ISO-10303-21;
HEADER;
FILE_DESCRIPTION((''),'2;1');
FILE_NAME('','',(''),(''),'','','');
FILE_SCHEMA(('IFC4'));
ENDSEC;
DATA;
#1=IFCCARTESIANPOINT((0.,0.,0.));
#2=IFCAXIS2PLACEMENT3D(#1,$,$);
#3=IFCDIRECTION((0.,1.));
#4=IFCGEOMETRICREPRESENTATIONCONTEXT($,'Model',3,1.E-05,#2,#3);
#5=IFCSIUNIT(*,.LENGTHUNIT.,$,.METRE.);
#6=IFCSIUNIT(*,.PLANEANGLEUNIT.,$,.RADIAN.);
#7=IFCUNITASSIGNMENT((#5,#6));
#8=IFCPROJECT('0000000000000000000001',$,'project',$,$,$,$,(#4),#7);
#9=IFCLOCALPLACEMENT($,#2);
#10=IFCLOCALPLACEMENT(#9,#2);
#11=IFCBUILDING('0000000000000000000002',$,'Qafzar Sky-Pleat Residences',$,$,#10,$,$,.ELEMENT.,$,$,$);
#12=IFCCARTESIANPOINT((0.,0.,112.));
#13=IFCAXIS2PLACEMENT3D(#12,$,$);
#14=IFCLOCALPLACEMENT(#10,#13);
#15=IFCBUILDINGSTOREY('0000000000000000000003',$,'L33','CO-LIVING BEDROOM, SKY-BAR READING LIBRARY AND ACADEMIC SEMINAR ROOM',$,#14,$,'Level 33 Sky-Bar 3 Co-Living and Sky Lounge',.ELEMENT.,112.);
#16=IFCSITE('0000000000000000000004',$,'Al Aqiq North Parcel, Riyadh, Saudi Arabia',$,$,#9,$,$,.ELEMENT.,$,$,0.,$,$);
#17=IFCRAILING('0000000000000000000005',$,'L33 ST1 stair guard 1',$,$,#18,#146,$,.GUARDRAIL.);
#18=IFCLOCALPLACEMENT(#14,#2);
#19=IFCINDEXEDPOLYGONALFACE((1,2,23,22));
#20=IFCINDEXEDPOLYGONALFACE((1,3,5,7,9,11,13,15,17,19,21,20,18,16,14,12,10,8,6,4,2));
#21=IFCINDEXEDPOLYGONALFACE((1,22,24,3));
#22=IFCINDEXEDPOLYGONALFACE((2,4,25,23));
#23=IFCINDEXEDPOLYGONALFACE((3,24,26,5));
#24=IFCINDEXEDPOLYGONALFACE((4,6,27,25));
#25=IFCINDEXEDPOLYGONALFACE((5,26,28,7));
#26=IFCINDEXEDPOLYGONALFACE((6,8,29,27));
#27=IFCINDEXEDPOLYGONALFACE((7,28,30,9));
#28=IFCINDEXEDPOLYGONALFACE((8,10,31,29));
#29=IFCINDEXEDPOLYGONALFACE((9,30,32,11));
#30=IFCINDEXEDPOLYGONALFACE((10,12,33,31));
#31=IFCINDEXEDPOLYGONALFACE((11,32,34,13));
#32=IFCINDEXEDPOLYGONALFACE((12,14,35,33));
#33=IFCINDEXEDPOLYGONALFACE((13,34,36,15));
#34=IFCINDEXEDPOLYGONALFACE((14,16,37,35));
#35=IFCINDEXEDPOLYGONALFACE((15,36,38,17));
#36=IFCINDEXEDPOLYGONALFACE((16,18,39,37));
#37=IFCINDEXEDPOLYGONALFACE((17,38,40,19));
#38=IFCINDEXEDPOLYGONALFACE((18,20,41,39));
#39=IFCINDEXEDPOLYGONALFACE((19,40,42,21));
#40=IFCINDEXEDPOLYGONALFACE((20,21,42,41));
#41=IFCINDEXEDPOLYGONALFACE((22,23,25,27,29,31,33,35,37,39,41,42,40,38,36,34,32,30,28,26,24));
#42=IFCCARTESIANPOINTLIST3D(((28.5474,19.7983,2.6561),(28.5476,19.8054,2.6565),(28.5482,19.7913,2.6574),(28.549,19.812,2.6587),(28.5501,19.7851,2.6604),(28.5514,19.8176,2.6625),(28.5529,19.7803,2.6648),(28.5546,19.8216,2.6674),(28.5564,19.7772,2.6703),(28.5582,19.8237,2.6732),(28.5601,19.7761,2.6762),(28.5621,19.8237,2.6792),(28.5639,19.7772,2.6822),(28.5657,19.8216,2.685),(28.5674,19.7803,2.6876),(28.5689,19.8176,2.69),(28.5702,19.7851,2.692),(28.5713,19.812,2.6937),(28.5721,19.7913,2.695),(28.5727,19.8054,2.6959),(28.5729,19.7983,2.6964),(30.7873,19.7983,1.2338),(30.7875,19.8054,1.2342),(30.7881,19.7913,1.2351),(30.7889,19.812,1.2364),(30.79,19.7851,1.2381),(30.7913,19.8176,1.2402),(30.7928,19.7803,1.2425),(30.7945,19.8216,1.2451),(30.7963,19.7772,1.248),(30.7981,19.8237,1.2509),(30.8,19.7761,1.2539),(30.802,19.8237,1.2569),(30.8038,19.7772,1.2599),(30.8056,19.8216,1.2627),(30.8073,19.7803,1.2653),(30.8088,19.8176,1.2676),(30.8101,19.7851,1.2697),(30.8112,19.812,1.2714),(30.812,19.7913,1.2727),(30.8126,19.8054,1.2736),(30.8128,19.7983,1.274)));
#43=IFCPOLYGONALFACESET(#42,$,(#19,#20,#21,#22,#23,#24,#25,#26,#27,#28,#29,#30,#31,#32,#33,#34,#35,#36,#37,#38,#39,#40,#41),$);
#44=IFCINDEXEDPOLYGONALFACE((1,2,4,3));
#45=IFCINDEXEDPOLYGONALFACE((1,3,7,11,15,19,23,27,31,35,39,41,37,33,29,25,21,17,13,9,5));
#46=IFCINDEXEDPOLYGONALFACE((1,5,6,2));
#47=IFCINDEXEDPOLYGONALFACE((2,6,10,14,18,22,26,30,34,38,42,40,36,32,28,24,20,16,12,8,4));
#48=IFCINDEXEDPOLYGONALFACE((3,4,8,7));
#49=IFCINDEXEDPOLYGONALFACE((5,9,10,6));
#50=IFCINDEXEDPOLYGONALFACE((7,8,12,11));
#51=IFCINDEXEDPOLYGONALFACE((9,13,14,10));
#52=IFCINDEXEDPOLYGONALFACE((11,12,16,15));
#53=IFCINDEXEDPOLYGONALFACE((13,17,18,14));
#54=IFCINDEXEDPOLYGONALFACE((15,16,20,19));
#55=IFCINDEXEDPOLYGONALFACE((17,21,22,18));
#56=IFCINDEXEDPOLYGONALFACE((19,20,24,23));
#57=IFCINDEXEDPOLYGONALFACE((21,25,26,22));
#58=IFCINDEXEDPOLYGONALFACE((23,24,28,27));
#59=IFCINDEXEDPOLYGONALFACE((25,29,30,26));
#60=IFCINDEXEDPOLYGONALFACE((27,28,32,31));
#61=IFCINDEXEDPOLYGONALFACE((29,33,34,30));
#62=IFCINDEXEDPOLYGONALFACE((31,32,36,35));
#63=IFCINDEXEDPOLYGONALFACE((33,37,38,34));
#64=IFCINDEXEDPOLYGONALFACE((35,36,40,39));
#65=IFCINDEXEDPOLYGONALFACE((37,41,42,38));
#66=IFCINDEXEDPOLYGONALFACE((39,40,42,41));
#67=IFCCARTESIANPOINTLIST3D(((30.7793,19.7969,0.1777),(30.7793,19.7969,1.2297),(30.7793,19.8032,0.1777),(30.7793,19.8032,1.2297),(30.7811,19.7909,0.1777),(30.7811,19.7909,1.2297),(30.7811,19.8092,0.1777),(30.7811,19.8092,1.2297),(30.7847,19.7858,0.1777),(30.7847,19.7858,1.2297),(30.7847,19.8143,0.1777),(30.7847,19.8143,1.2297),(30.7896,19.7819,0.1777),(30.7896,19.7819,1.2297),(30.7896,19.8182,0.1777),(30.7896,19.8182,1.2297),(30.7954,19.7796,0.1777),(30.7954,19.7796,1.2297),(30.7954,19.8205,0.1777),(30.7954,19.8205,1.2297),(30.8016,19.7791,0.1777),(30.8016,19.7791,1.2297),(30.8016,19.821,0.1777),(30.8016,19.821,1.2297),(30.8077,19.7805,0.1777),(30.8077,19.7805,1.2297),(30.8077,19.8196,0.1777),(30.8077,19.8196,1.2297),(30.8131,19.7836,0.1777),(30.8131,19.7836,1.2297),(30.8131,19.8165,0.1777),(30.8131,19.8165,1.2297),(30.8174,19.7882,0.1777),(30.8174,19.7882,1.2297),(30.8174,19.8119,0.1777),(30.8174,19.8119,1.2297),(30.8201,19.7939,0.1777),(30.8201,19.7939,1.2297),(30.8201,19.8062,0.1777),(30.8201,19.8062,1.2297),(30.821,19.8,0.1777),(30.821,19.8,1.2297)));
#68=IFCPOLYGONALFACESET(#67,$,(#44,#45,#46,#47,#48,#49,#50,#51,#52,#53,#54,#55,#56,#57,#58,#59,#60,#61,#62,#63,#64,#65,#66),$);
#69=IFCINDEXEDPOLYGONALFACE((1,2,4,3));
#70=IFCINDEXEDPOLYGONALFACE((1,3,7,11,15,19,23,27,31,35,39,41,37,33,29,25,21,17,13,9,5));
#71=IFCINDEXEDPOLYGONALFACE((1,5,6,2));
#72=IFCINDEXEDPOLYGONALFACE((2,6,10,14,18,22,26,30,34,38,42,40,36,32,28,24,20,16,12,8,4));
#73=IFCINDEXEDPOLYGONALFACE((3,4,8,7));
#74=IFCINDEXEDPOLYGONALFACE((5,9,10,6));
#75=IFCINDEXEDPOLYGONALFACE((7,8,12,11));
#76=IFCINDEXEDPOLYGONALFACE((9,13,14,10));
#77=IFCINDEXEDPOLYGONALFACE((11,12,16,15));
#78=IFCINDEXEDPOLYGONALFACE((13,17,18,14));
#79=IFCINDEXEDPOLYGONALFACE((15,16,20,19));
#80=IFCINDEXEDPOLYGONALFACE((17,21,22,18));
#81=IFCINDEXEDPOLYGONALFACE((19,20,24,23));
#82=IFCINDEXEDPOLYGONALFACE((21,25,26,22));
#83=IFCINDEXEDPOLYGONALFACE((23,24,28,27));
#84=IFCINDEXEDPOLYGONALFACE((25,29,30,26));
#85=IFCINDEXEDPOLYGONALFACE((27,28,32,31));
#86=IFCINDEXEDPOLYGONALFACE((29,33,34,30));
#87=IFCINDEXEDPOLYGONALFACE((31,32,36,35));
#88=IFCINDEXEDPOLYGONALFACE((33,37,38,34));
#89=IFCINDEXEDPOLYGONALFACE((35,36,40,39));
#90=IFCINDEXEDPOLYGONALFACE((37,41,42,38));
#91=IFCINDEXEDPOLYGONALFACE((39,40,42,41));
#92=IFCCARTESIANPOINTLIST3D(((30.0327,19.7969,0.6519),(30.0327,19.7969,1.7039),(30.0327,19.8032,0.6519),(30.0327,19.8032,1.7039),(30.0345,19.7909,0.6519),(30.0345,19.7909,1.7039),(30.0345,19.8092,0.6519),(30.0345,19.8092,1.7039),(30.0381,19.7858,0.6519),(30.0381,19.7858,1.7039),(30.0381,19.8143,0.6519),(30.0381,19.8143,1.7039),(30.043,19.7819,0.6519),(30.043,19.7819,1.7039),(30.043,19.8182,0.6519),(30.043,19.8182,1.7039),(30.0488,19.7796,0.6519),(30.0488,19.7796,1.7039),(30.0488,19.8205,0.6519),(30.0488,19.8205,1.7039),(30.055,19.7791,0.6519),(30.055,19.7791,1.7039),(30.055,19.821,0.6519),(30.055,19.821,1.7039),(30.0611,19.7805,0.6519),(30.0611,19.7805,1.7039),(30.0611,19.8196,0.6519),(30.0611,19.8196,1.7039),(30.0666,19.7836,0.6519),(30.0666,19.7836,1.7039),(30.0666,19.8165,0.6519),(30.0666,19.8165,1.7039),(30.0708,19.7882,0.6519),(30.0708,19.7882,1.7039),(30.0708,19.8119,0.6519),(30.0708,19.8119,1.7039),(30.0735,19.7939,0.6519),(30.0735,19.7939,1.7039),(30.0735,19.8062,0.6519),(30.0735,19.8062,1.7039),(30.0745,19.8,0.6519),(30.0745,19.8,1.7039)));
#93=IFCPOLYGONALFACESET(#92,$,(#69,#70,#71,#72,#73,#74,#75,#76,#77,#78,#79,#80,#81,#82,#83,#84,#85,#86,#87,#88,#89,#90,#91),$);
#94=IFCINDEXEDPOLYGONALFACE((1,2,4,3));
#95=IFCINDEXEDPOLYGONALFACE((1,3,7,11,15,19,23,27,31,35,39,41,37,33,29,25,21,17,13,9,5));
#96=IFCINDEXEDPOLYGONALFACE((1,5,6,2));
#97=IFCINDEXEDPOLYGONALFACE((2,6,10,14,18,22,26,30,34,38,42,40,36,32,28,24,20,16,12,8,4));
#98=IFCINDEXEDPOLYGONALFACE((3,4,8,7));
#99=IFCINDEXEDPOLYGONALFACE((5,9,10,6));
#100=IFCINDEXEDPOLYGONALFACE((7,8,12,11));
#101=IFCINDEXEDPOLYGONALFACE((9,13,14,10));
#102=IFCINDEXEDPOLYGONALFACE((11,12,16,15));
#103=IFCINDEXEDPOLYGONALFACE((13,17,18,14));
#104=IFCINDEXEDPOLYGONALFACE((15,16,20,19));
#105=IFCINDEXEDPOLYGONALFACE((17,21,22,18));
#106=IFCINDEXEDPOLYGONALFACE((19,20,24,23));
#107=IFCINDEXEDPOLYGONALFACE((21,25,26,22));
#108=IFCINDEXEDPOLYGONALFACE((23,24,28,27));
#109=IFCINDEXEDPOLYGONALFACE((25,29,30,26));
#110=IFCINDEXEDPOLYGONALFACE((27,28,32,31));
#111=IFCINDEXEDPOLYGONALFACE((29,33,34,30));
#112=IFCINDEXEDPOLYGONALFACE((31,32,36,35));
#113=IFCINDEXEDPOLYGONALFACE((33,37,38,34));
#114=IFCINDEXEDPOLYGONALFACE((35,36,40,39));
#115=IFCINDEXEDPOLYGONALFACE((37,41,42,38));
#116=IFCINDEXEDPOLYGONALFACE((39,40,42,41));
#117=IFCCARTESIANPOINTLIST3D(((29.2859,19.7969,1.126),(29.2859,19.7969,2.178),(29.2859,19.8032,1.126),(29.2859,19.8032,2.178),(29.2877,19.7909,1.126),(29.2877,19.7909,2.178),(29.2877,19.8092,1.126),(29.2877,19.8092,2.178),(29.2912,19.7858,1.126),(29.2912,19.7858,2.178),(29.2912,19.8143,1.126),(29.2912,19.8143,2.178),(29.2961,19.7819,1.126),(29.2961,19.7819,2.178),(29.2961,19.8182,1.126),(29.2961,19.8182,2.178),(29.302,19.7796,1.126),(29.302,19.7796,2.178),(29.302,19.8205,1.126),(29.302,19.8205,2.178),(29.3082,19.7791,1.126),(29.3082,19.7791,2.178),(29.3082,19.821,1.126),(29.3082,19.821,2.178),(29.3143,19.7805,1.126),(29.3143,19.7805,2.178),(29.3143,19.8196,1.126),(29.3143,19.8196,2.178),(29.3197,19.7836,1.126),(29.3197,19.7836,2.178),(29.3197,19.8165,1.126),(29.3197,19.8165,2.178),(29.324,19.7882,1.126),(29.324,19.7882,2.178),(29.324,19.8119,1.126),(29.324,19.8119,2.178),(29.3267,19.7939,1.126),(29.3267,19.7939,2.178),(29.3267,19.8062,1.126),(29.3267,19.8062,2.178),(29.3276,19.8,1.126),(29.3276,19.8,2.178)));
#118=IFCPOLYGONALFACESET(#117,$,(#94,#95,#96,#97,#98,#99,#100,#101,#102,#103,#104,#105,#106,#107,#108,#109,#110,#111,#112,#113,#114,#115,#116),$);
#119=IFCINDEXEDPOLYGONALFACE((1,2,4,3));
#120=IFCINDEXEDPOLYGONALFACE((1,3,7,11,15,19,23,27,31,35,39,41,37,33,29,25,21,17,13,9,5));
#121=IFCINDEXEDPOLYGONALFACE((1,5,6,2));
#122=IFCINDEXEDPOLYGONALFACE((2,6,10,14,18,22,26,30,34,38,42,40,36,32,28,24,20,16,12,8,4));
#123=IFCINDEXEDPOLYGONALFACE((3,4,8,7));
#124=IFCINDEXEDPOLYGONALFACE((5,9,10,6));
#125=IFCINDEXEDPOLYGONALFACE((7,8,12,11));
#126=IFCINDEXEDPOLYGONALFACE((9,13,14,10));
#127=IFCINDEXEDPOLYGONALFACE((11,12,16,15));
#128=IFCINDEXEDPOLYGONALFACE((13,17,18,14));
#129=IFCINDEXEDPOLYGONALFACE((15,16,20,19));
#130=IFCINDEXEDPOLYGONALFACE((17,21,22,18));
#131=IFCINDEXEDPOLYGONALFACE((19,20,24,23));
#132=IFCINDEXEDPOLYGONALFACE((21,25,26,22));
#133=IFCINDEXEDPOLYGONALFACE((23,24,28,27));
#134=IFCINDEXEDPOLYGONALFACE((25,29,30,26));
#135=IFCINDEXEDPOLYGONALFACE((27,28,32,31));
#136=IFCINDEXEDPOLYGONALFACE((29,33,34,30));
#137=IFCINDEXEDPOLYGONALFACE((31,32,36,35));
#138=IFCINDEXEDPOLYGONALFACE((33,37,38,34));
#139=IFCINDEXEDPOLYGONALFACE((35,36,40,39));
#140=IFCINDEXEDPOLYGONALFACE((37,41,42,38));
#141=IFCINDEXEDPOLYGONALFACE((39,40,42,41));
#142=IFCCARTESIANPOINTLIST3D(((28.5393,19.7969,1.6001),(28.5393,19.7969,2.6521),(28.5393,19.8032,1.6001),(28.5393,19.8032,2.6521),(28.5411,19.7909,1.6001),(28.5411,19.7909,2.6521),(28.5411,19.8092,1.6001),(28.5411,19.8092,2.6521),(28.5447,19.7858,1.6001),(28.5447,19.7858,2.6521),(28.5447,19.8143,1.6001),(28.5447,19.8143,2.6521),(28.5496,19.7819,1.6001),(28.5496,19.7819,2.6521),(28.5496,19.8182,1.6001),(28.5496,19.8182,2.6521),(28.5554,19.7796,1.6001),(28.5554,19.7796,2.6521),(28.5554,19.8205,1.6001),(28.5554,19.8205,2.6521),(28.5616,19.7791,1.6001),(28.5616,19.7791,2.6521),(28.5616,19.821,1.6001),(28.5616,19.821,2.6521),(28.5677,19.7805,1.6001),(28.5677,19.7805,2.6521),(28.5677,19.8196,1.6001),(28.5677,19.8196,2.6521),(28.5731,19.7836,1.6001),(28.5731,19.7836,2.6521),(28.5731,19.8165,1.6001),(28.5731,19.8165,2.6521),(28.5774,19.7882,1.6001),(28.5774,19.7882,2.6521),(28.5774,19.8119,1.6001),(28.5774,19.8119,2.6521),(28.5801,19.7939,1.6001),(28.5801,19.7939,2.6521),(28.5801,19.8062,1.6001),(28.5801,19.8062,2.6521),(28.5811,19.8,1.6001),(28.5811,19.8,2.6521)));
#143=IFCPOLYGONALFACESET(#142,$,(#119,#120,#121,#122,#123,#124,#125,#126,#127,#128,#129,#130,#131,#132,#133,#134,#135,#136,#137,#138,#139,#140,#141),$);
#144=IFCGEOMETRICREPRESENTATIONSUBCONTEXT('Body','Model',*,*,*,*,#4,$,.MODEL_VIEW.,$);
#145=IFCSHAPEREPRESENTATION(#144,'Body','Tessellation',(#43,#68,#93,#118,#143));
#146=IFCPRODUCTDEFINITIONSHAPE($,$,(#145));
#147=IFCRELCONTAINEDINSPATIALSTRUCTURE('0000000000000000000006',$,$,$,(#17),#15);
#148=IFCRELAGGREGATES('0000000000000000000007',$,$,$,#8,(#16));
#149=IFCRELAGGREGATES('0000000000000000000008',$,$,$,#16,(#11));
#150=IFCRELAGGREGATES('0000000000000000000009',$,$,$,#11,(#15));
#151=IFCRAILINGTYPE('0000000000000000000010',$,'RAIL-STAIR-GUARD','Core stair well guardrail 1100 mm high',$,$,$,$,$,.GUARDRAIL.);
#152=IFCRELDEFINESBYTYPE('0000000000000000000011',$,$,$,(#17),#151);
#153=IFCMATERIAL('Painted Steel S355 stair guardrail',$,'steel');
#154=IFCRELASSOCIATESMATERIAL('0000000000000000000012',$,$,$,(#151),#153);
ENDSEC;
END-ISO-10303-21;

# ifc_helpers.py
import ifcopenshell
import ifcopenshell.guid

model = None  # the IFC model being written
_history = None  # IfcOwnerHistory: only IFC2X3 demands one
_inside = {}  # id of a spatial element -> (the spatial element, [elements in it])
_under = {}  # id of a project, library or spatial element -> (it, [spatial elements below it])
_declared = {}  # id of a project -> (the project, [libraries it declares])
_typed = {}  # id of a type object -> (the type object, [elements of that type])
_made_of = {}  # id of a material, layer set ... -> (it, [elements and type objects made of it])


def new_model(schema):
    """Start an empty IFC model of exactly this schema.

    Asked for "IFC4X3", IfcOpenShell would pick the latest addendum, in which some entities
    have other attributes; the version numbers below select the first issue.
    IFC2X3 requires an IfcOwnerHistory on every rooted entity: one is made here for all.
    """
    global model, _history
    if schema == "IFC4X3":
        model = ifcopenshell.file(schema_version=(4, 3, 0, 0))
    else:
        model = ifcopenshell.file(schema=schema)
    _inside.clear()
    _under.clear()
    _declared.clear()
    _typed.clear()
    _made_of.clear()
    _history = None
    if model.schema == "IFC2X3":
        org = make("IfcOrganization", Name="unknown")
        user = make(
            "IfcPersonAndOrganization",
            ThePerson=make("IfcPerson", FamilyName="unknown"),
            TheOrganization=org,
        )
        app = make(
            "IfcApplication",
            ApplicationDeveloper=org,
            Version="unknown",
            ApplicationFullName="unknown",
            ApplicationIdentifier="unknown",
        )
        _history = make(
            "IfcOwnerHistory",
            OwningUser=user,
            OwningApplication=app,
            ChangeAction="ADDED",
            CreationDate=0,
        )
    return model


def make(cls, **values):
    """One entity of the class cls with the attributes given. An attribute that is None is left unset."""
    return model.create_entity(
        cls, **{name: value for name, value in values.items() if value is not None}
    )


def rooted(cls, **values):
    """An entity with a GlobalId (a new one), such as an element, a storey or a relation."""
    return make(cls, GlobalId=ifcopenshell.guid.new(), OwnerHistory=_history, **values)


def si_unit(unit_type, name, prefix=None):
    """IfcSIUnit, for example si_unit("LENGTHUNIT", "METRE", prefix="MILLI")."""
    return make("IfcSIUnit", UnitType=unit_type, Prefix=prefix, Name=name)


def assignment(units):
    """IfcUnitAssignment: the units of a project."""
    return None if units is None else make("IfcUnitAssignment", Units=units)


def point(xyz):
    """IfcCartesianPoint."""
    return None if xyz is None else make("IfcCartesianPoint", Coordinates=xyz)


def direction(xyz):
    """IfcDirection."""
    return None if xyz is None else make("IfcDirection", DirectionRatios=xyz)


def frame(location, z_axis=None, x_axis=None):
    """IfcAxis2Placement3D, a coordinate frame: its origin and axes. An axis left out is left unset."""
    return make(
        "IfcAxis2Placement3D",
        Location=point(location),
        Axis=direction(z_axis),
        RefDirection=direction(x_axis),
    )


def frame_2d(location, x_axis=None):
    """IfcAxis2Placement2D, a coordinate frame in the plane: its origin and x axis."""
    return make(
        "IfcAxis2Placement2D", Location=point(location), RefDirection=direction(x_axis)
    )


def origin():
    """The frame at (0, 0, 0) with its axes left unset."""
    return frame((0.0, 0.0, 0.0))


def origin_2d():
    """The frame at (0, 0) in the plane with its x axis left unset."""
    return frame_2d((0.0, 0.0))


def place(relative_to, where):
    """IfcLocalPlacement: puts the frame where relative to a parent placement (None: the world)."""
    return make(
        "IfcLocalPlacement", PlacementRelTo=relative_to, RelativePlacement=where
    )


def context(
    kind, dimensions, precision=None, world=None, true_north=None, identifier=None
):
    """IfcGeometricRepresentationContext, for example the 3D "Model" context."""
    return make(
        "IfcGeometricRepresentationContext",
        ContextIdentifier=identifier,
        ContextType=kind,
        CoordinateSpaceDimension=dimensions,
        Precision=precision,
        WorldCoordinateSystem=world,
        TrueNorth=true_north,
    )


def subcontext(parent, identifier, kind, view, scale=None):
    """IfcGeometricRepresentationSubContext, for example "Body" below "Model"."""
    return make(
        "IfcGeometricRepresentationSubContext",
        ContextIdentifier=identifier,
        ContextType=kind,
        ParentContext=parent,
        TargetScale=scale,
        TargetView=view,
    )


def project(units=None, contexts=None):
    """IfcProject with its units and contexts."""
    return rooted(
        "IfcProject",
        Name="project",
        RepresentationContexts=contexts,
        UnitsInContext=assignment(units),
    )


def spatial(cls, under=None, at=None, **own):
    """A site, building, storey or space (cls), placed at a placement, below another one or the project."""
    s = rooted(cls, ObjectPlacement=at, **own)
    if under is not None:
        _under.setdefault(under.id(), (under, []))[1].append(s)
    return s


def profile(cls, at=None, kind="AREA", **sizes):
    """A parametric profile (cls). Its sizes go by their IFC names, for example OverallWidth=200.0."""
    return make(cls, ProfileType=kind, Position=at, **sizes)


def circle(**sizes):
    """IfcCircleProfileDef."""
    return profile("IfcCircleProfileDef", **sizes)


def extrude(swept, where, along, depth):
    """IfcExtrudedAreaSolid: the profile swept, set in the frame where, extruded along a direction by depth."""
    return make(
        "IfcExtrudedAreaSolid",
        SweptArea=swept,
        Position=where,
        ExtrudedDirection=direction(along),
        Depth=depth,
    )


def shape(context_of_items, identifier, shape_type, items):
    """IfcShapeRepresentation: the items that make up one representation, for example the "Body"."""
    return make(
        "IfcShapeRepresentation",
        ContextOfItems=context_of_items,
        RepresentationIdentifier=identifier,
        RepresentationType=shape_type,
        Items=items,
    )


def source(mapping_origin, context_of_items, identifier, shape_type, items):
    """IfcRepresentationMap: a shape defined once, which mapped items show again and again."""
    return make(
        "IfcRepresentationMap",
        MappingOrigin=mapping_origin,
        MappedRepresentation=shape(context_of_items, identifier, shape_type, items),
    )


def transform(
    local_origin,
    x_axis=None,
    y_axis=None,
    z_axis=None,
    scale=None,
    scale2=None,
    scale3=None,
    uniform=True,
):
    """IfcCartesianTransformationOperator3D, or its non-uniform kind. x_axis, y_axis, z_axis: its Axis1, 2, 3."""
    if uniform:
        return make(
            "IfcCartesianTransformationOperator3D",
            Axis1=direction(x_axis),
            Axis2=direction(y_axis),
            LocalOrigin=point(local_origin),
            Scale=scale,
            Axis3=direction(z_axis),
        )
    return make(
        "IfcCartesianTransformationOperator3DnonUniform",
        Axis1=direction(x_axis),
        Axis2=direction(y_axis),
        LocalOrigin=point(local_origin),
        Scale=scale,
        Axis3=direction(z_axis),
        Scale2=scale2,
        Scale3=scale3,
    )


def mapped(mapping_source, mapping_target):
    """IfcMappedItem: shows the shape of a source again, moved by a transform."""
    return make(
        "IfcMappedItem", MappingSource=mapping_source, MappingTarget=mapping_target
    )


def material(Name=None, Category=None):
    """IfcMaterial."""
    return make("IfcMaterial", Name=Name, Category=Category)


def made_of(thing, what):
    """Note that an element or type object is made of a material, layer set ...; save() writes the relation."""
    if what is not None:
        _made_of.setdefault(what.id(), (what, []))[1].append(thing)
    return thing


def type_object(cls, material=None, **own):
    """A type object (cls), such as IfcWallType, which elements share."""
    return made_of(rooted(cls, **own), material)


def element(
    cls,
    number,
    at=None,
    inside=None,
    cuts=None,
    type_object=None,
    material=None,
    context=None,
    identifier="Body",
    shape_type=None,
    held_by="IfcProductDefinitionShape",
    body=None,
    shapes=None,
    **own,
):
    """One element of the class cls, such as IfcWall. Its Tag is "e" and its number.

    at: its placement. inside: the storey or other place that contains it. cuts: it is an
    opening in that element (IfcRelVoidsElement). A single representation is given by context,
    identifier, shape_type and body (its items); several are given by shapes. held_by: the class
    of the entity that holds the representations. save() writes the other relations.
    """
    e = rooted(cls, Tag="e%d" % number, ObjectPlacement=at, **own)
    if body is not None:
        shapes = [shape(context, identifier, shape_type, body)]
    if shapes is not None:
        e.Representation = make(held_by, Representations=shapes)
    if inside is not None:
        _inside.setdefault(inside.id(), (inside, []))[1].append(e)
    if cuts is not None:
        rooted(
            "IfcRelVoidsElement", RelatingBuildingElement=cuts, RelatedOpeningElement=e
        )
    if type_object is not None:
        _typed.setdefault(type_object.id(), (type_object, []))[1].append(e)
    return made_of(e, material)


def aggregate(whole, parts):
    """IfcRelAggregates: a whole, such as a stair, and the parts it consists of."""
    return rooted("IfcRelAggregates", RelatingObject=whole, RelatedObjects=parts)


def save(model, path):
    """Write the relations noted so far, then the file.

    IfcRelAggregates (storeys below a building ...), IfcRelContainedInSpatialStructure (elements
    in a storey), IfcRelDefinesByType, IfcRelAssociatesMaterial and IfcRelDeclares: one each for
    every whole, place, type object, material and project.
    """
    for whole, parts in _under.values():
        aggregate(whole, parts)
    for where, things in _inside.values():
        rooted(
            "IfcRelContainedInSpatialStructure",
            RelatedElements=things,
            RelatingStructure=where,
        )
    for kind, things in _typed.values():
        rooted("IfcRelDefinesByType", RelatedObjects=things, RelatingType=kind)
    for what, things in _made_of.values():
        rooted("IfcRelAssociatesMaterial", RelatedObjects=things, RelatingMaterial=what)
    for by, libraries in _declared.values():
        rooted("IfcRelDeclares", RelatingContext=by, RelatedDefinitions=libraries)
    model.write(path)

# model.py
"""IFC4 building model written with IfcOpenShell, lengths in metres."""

from ifc_helpers import new_model, si_unit, direction, frame, origin, origin_2d, place, context, subcontext, project, spatial, circle, extrude, source, transform, mapped, material, type_object, element, save


model = new_model("IFC4")

# Units and contexts
model_context = context("Model", 3, precision=1e-05, world=origin(), true_north=direction((0.0, 1.0)))
body_context = subcontext(model_context, "Body", "Model", "MODEL_VIEW")
ifc_project = project(units=[si_unit("LENGTHUNIT", "METRE"), si_unit("PLANEANGLEUNIT", "RADIAN")], contexts=[model_context])

# Site, building, storey
site_placement = place(None, origin())
site = spatial("IfcSite", under=ifc_project, at=site_placement, Name="Al Aqiq North Parcel, Riyadh, Saudi Arabia", CompositionType="ELEMENT", RefElevation=0.0)
building_placement = place(site_placement, origin())
building = spatial("IfcBuilding", under=site, at=building_placement, Name="Qafzar Sky-Pleat Residences", CompositionType="ELEMENT")
storey_placement = place(building_placement, frame((0.0, 0.0, 112.0)))
storey = spatial("IfcBuildingStorey", under=building, at=storey_placement, Name="L33", Description="CO-LIVING BEDROOM, SKY-BAR READING LIBRARY AND ACADEMIC SEMINAR ROOM", LongName="Level 33 Sky-Bar 3 Co-Living and Sky Lounge", CompositionType="ELEMENT", Elevation=112.0)

# Railing
ifc_material_1 = material(Name="Painted Steel S355 stair guardrail", Category="steel")
railing_type_1 = type_object("IfcRailingType", Name="RAIL-STAIR-GUARD", Description="Core stair well guardrail 1100 mm high", PredefinedType="GUARDRAIL", material=ifc_material_1)
shared_shape_1 = source(origin(), body_context, "Body", "SweptSolid", [
    extrude(circle(Radius=0.0239, at=origin_2d()), frame((0.0, 0.0, 1.0762), z_axis=(-0.844188, 0.0, 0.536048), x_axis=(0.0, -1.0, 0.0)), (0.0, 0.0, 1.0), 2.6533),
    extrude(circle(Radius=0.021, at=origin_2d()), origin(), (0.0, 0.0, 1.0), 1.052),
    extrude(circle(Radius=0.021, at=origin_2d()), frame((-0.7466, 0.0, 0.4741)), (0.0, 0.0, 1.0), 1.052),
    extrude(circle(Radius=0.021, at=origin_2d()), frame((-1.4934, 0.0, 0.9482)), (0.0, 0.0, 1.0), 1.052),
    extrude(circle(Radius=0.021, at=origin_2d()), frame((-2.24, 0.0, 1.4224)), (0.0, 0.0, 1.0), 1.052),
])
railing_1_placement = place(storey_placement, frame((30.8, 19.8, 0.1777)))
element("IfcRailing", 1, at=railing_1_placement, inside=storey, type_object=railing_type_1, Name="L33 ST1 stair guard 1", PredefinedType="GUARDRAIL", context=body_context, shape_type="MappedRepresentation", body=[
    mapped(shared_shape_1, transform((0.0, 0.0, 0.0), x_axis=(1.0, 0.0, 0.0), y_axis=(0.0, 1.0, 0.0), z_axis=(0.0, 0.0, 1.0), scale=1.0)),
])

save(model, "model.ifc")
